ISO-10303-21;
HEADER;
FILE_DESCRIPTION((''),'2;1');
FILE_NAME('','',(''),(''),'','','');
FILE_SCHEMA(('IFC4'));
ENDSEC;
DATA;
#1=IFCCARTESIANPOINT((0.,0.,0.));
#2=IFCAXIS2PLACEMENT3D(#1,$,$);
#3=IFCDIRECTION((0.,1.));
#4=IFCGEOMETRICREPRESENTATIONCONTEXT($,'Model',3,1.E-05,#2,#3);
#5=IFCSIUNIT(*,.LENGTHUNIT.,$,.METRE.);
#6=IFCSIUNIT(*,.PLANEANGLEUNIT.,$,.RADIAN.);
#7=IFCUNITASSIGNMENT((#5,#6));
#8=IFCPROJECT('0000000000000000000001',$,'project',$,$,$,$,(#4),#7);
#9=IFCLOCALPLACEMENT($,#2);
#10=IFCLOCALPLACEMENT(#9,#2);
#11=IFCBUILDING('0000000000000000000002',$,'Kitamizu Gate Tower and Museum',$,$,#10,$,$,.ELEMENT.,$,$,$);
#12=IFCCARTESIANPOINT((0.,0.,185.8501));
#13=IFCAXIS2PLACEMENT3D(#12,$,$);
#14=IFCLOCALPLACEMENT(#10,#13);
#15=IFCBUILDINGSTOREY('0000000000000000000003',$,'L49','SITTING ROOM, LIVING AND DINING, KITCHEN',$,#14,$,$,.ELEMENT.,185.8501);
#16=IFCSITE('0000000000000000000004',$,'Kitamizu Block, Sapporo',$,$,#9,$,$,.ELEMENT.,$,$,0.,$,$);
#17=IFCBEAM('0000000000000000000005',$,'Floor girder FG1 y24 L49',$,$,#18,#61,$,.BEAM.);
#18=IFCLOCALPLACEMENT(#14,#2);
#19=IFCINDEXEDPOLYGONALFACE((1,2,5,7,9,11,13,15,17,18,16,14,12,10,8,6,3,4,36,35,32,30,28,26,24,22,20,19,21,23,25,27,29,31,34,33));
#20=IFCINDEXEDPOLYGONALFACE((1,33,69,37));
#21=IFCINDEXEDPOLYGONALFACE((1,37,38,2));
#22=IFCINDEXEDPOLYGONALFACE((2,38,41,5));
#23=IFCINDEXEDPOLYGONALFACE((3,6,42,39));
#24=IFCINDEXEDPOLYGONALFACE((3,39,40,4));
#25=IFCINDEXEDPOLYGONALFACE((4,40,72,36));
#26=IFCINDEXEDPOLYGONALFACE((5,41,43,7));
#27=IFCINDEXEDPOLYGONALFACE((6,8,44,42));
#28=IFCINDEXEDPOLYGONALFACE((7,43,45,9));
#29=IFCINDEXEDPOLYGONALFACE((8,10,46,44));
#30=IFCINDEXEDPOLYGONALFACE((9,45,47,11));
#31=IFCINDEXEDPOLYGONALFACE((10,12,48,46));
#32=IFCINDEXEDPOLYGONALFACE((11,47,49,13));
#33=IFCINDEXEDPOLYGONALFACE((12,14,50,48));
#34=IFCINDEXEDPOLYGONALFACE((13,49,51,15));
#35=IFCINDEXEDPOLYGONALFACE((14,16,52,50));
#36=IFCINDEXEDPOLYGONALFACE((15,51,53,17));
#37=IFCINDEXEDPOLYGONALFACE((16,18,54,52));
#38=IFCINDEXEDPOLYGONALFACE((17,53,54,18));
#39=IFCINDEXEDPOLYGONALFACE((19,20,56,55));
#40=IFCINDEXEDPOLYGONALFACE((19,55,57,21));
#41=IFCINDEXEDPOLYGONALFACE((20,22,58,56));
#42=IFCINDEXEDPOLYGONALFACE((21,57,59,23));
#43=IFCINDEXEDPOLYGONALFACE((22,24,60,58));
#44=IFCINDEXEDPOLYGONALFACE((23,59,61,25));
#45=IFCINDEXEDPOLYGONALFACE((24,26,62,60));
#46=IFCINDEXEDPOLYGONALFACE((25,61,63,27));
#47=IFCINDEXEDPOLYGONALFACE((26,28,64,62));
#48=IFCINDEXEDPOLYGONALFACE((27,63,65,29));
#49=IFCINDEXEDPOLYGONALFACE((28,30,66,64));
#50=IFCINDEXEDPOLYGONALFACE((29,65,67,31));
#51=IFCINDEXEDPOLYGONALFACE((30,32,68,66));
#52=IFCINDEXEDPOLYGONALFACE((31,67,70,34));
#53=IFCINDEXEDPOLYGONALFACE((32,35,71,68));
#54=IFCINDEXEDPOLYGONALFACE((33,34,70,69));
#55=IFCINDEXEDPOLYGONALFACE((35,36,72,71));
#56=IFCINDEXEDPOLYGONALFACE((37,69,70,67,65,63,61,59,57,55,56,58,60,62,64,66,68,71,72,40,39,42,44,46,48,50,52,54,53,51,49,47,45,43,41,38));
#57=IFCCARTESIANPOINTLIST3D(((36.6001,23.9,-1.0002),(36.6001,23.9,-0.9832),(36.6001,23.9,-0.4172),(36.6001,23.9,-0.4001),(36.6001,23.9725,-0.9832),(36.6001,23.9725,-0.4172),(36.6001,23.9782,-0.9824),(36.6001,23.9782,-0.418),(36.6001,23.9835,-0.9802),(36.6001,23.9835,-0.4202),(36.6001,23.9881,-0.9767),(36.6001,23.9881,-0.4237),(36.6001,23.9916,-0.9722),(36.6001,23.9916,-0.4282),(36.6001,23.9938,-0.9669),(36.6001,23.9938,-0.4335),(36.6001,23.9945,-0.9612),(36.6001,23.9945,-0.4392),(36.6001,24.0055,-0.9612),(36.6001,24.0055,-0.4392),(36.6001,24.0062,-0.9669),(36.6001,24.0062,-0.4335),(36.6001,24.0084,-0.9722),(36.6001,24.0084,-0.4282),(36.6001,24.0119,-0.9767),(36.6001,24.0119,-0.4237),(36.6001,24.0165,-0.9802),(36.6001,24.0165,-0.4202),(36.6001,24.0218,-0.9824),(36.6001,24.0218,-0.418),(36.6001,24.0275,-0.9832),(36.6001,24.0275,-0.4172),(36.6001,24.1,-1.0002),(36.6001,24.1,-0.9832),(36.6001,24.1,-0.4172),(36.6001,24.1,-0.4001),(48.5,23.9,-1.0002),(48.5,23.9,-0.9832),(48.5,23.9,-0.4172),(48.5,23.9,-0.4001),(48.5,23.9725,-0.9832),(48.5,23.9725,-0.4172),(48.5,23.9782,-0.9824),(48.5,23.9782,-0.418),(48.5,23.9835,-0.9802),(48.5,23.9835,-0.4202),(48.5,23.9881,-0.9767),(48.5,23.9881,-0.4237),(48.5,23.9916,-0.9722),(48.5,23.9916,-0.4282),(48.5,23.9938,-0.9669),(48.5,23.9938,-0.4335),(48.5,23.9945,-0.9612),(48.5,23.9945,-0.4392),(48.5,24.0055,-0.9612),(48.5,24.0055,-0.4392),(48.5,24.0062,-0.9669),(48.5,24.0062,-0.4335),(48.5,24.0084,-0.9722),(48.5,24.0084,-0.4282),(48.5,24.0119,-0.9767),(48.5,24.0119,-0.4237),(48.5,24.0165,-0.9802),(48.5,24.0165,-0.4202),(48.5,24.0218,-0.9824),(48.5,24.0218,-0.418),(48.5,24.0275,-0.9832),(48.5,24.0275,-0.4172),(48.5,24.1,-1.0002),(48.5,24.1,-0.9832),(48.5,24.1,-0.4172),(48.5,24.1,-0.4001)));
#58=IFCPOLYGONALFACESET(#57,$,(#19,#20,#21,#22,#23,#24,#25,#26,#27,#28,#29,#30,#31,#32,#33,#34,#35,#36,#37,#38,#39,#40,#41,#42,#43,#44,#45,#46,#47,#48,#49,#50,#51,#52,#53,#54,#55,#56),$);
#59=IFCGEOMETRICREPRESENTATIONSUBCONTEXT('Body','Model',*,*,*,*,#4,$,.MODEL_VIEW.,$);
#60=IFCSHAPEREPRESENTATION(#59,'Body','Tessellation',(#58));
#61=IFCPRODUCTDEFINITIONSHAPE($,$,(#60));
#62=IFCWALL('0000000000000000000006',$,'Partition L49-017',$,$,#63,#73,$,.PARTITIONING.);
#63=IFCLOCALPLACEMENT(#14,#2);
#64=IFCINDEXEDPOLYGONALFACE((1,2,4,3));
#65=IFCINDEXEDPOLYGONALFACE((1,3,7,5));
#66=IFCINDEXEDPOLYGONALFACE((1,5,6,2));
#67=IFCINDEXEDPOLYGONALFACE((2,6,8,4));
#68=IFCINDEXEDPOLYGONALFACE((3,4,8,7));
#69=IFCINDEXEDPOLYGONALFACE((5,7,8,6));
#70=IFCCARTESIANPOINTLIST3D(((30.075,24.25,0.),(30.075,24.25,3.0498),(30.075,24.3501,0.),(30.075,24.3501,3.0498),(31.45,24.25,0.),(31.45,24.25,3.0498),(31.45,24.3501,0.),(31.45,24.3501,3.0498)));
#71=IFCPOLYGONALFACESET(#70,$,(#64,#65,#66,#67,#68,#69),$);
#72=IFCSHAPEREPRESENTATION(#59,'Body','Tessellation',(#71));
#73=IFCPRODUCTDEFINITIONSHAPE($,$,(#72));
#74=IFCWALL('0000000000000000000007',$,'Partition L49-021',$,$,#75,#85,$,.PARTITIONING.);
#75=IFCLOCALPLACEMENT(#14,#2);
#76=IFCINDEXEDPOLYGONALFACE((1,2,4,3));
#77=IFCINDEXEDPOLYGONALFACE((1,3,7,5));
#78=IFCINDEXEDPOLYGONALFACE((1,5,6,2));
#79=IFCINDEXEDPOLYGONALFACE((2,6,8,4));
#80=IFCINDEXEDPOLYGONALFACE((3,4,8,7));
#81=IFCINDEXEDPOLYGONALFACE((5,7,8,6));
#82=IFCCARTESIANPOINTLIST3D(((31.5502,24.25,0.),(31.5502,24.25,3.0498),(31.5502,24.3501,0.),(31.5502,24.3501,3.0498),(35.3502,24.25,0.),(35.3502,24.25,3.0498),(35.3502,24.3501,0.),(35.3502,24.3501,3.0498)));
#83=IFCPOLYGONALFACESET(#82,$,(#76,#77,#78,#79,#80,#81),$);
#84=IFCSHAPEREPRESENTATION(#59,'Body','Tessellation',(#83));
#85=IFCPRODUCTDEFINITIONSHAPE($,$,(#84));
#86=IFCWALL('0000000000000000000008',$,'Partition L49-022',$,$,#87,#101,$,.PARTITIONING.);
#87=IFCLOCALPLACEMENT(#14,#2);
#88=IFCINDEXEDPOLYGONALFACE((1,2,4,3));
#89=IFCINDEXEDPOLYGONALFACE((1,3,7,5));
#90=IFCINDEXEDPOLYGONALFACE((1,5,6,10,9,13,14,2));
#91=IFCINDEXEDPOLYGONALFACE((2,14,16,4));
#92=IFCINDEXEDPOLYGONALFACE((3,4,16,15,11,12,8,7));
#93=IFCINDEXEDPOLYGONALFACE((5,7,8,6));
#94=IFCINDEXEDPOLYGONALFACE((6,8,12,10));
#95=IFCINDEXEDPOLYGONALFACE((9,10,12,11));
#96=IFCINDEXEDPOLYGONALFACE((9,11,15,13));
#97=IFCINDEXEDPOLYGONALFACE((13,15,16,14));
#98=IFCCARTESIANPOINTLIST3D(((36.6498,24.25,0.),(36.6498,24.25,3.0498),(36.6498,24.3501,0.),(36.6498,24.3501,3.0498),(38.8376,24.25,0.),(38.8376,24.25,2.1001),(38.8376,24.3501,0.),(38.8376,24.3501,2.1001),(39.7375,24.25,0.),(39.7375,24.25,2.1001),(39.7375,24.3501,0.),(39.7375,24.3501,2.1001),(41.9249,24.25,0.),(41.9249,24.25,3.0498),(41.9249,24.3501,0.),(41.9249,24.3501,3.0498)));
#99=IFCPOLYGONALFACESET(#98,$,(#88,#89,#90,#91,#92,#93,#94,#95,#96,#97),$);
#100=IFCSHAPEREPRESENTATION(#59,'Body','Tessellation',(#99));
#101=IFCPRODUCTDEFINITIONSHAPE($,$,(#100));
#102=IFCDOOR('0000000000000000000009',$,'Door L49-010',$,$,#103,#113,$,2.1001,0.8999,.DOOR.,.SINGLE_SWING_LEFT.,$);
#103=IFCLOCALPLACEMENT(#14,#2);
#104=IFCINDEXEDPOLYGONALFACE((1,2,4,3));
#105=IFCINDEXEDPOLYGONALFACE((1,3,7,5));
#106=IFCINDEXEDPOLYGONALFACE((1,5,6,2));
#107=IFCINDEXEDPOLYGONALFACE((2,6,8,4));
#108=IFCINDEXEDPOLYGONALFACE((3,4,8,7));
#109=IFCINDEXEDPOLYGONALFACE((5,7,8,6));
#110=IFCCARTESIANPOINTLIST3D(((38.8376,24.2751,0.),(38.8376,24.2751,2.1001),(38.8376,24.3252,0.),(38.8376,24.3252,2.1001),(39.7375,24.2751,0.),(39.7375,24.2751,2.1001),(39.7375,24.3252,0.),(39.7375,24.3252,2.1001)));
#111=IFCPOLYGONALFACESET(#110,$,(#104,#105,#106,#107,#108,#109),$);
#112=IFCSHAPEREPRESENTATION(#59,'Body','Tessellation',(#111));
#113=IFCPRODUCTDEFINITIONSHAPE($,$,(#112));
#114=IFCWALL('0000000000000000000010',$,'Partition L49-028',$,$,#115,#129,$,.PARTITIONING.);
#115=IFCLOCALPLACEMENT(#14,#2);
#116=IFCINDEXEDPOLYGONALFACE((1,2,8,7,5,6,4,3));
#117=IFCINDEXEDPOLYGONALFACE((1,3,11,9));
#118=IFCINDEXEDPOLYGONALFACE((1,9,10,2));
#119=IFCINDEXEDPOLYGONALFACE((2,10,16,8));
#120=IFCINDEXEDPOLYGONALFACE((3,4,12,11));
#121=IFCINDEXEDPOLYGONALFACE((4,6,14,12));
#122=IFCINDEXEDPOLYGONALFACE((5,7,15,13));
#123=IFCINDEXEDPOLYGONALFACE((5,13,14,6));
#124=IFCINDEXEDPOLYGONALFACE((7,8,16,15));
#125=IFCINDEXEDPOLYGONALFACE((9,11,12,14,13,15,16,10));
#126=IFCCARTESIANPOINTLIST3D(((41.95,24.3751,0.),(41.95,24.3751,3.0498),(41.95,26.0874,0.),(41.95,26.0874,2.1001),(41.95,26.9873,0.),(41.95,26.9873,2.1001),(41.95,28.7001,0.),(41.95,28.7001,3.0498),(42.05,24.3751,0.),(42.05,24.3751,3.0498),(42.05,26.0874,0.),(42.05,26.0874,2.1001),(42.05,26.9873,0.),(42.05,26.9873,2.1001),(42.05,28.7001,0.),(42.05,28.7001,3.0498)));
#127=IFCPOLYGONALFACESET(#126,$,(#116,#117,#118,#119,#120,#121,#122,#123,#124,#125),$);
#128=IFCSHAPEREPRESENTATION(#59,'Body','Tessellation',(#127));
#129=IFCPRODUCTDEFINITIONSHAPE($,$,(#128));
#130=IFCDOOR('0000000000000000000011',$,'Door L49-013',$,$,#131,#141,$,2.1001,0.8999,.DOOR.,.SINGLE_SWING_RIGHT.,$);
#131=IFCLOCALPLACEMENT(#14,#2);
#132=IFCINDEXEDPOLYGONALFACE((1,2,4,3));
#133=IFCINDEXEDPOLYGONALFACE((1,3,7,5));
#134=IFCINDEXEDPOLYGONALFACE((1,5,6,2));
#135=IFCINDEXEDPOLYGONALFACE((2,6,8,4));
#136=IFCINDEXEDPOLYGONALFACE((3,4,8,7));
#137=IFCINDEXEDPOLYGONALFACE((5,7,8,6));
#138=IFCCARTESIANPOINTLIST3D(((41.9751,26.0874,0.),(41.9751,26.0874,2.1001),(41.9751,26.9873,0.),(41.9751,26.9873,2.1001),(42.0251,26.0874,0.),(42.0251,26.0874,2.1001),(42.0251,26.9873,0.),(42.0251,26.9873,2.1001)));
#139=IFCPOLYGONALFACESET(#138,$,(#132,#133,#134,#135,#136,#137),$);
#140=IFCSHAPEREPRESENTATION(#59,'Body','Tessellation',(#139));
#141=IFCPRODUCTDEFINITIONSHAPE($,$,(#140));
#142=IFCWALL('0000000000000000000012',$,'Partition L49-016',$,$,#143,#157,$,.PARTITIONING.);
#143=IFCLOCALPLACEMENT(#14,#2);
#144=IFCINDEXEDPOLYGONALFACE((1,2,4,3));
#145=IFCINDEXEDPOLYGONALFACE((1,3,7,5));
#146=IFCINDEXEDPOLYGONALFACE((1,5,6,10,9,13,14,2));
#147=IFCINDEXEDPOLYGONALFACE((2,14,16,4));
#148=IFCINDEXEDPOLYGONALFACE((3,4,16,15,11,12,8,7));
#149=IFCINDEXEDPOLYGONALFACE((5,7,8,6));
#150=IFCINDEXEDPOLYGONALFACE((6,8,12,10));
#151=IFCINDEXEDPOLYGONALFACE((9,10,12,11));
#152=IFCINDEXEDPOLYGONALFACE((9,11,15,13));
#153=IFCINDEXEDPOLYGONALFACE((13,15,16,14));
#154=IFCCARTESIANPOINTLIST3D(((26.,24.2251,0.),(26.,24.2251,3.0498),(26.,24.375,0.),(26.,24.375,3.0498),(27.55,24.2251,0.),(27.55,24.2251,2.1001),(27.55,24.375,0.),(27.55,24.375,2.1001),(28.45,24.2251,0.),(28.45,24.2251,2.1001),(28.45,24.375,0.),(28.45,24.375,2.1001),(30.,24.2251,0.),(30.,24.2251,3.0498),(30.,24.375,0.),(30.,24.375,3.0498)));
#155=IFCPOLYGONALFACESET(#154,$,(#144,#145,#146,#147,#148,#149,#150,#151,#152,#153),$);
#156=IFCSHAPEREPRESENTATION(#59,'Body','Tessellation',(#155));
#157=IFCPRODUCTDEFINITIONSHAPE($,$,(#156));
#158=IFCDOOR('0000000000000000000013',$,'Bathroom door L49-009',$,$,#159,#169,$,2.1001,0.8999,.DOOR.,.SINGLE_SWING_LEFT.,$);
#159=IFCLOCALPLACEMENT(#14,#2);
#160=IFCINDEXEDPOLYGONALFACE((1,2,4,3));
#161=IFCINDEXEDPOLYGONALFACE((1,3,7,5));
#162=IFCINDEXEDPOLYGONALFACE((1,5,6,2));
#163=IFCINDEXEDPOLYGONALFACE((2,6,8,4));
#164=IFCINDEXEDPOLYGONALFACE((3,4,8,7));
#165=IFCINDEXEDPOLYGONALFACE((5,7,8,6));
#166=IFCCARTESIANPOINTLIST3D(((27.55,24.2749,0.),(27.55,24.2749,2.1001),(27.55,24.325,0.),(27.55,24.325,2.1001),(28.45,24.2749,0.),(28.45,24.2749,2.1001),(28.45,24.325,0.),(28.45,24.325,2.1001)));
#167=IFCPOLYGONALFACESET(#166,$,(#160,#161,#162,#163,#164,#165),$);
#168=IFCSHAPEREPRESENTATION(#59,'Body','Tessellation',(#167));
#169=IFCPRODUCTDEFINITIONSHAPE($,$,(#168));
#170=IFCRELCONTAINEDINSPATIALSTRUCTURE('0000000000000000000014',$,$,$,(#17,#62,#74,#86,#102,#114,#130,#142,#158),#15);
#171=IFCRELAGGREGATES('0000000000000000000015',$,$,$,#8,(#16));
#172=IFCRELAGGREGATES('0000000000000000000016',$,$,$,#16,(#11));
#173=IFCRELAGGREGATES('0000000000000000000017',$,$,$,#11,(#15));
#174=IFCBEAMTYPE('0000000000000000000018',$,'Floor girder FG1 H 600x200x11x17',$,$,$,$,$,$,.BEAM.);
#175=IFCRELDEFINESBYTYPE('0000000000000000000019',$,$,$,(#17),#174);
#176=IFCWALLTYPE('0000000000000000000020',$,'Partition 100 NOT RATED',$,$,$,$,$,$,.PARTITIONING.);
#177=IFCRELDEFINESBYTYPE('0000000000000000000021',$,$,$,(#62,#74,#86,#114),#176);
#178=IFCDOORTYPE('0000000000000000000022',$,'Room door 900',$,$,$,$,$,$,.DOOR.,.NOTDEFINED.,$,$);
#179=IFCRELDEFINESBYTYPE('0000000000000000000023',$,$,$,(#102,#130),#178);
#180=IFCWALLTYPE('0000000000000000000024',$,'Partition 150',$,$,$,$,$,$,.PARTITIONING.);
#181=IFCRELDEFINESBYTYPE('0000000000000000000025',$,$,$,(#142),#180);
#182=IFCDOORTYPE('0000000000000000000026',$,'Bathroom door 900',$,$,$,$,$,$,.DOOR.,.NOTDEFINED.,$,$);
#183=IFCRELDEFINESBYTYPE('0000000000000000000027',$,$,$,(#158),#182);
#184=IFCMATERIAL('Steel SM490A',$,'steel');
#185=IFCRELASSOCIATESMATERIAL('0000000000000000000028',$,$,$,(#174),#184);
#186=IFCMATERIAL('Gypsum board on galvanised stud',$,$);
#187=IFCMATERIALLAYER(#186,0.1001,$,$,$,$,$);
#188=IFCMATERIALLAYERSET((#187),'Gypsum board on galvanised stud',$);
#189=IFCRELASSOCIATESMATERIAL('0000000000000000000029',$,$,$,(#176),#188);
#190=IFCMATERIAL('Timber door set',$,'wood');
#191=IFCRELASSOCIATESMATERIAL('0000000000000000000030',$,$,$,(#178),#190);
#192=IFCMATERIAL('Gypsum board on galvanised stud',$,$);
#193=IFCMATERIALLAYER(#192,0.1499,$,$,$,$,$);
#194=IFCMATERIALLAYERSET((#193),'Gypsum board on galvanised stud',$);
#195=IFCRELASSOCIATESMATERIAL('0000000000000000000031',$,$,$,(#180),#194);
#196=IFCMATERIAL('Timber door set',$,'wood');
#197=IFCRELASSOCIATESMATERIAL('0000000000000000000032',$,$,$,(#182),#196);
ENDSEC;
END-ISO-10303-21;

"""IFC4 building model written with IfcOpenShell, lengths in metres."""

from ifc_helpers import new_model, si_unit, direction, frame, frame_2d, origin, origin_2d, place, context, subcontext, project, spatial, rectangle, i_section, extrude, material, layer, layer_set, material_profile, profile_set, type_object, element, fill, save


model = new_model("IFC4")

# Units and contexts
model_context = context("Model", 3, precision=1e-05, world=origin(), true_north=direction((0.0, 1.0)))
body_context = subcontext(model_context, "Body", "Model", "MODEL_VIEW")
ifc_project = project(units=[si_unit("LENGTHUNIT", "METRE"), si_unit("PLANEANGLEUNIT", "RADIAN")], contexts=[model_context])

# Site, building, storey
site_placement = place(None, origin())
site = spatial("IfcSite", under=ifc_project, at=site_placement, Name="Kitamizu Block, Sapporo", CompositionType="ELEMENT", RefElevation=0.0)
building_placement = place(site_placement, origin())
building = spatial("IfcBuilding", under=site, at=building_placement, Name="Kitamizu Gate Tower and Museum", CompositionType="ELEMENT")
storey_placement = place(building_placement, frame((0.0, 0.0, 185.8501)))
storey = spatial("IfcBuildingStorey", under=building, at=storey_placement, Name="L49", Description="SITTING ROOM, LIVING AND DINING, KITCHEN", CompositionType="ELEMENT", Elevation=185.8501)

# Beam
ifc_material_1 = material(Name="Steel SM490A", Category="steel")
ifc_material_profile_1 = material_profile(ifc_material_1, i_section(OverallWidth=0.2, OverallDepth=0.6001, WebThickness=0.011, FlangeThickness=0.0171, FilletRadius=0.022, at=origin_2d()), Name="H-600x200x11x17")
ifc_profile_set_1 = profile_set([ifc_material_profile_1], Name="Steel SM490A")
beam_type_1 = type_object("IfcBeamType", Name="Floor girder FG1 H 600x200x11x17", PredefinedType="BEAM", material=ifc_profile_set_1)
beam_1_placement = place(storey_placement, frame((36.6001, 24.0, -0.7002), z_axis=(1.0, 0.0, 0.0), x_axis=(0.0, 1.0, 0.0)))
element("IfcBeam", 1, at=beam_1_placement, inside=storey, type_object=beam_type_1, Name="Floor girder FG1 y24 L49", PredefinedType="BEAM", context=body_context, shape_type="SweptSolid", body=[
    extrude(i_section(OverallWidth=0.2, OverallDepth=0.6001, WebThickness=0.011, FlangeThickness=0.0171, FilletRadius=0.022, at=origin_2d()), origin(), (0.0, 0.0, 1.0), 11.8999),
])

# Walls
ifc_material_2 = material(Name="Gypsum board on galvanised stud")
ifc_layer_1 = layer(ifc_material_2, 0.1001)
ifc_layer_set_1 = layer_set([ifc_layer_1], Name="Gypsum board on galvanised stud")
wall_type_1 = type_object("IfcWallType", Name="Partition 100 NOT RATED", PredefinedType="PARTITIONING", material=ifc_layer_set_1)
wall_1_placement = place(storey_placement, frame((31.45, 24.3, 0.0), z_axis=(0.0, 0.0, 1.0), x_axis=(-1.0, 0.0, 0.0)))
element("IfcWall", 2, at=wall_1_placement, inside=storey, type_object=wall_type_1, Name="Partition L49-017", PredefinedType="PARTITIONING", context=body_context, shape_type="SweptSolid", body=[
    extrude(rectangle(XDim=1.375, YDim=0.1001, at=frame_2d((0.6875, 0.0))), origin(), (0.0, 0.0, 1.0), 3.0498),
])
wall_2_placement = place(storey_placement, frame((35.3501, 24.3, 0.0), z_axis=(0.0, 0.0, 1.0), x_axis=(-1.0, 0.0, 0.0)))
element("IfcWall", 3, at=wall_2_placement, inside=storey, type_object=wall_type_1, Name="Partition L49-021", PredefinedType="PARTITIONING", context=body_context, shape_type="SweptSolid", body=[
    extrude(rectangle(XDim=3.8, YDim=0.1001, at=frame_2d((1.8999, 0.0))), origin(), (0.0, 0.0, 1.0), 3.0498),
])

# Walls, openings, doors
wall_3_placement = place(storey_placement, frame((41.925, 24.3, 0.0), z_axis=(0.0, 0.0, 1.0), x_axis=(-1.0, 0.0, 0.0)))
wall_3 = element("IfcWall", 4, at=wall_3_placement, inside=storey, type_object=wall_type_1, Name="Partition L49-022", PredefinedType="PARTITIONING", context=body_context, shape_type="SweptSolid", body=[
    extrude(rectangle(XDim=5.2751, YDim=0.1001, at=frame_2d((2.6377, 0.0))), origin(), (0.0, 0.0, 1.0), 3.0498),
])
opening_1_placement = place(wall_3_placement, frame((2.1875, 0.0, 0.0)))
opening_1 = element("IfcOpeningElement", 5, at=opening_1_placement, cuts=wall_3, PredefinedType="OPENING", context=body_context, shape_type="SweptSolid", body=[
    extrude(rectangle(XDim=0.8999, YDim=2.1001, at=frame_2d((0.45, 1.05))), frame((0.0, 0.0601, 0.0), z_axis=(0.0, -1.0, 0.0), x_axis=(1.0, 0.0, 0.0)), (0.0, 0.0, 1.0), 0.1201),
])
ifc_material_3 = material(Name="Timber door set", Category="wood")
door_type_1 = type_object("IfcDoorType", Name="Room door 900", OperationType="NOTDEFINED", PredefinedType="DOOR", material=ifc_material_3)
door_1_placement = place(opening_1_placement, origin())
door_1 = element("IfcDoor", 6, at=door_1_placement, inside=storey, type_object=door_type_1, Name="Door L49-010", OperationType="SINGLE_SWING_LEFT", OverallHeight=2.1001, OverallWidth=0.8999, PredefinedType="DOOR", context=body_context, shape_type="SweptSolid", body=[
    extrude(rectangle(XDim=0.8999, YDim=2.1001, at=frame_2d((0.45, 1.05))), frame((0.0, 0.0249, 0.0), z_axis=(0.0, -1.0, 0.0), x_axis=(1.0, 0.0, 0.0)), (0.0, 0.0, 1.0), 0.05),
])
fill(opening_1, door_1)
wall_4_placement = place(storey_placement, frame((42.0, 24.375, 0.0), z_axis=(0.0, 0.0, 1.0), x_axis=(0.0, 1.0, 0.0)))
wall_4 = element("IfcWall", 7, at=wall_4_placement, inside=storey, type_object=wall_type_1, Name="Partition L49-028", PredefinedType="PARTITIONING", context=body_context, shape_type="SweptSolid", body=[
    extrude(rectangle(XDim=4.325, YDim=0.1001, at=frame_2d((2.1626, 0.0))), origin(), (0.0, 0.0, 1.0), 3.0498),
])
opening_2_placement = place(wall_4_placement, frame((1.7124, 0.0, 0.0)))
opening_2 = element("IfcOpeningElement", 8, at=opening_2_placement, cuts=wall_4, PredefinedType="OPENING", context=body_context, shape_type="SweptSolid", body=[
    extrude(rectangle(XDim=0.8999, YDim=2.1001, at=frame_2d((0.45, 1.05))), frame((0.0, 0.0601, 0.0), z_axis=(0.0, -1.0, 0.0), x_axis=(1.0, 0.0, 0.0)), (0.0, 0.0, 1.0), 0.1201),
])
door_2_placement = place(opening_2_placement, origin())
door_2 = element("IfcDoor", 9, at=door_2_placement, inside=storey, type_object=door_type_1, Name="Door L49-013", OperationType="SINGLE_SWING_RIGHT", OverallHeight=2.1001, OverallWidth=0.8999, PredefinedType="DOOR", context=body_context, shape_type="SweptSolid", body=[
    extrude(rectangle(XDim=0.8999, YDim=2.1001, at=frame_2d((0.45, 1.05))), frame((0.0, 0.0249, 0.0), z_axis=(0.0, -1.0, 0.0), x_axis=(1.0, 0.0, 0.0)), (0.0, 0.0, 1.0), 0.05),
])
fill(opening_2, door_2)
ifc_material_4 = material(Name="Gypsum board on galvanised stud")
ifc_layer_2 = layer(ifc_material_4, 0.1499)
ifc_layer_set_2 = layer_set([ifc_layer_2], Name="Gypsum board on galvanised stud")
wall_type_2 = type_object("IfcWallType", Name="Partition 150", PredefinedType="PARTITIONING", material=ifc_layer_set_2)
wall_5_placement = place(storey_placement, frame((30.0, 24.3, 0.0), z_axis=(0.0, 0.0, 1.0), x_axis=(-1.0, 0.0, 0.0)))
wall_5 = element("IfcWall", 10, at=wall_5_placement, inside=storey, type_object=wall_type_2, Name="Partition L49-016", PredefinedType="PARTITIONING", context=body_context, shape_type="SweptSolid", body=[
    extrude(rectangle(XDim=4.0, YDim=0.1499, at=frame_2d((2.0, 0.0))), origin(), (0.0, 0.0, 1.0), 3.0498),
])
opening_3_placement = place(wall_5_placement, frame((1.55, 0.0, 0.0)))
opening_3 = element("IfcOpeningElement", 11, at=opening_3_placement, cuts=wall_5, PredefinedType="OPENING", context=body_context, shape_type="SweptSolid", body=[
    extrude(rectangle(XDim=0.8999, YDim=2.1001, at=frame_2d((0.45, 1.05))), frame((0.0, 0.085, 0.0), z_axis=(0.0, -1.0, 0.0), x_axis=(1.0, 0.0, 0.0)), (0.0, 0.0, 1.0), 0.1699),
])
ifc_material_5 = material(Name="Timber door set", Category="wood")
door_type_2 = type_object("IfcDoorType", Name="Bathroom door 900", OperationType="NOTDEFINED", PredefinedType="DOOR", material=ifc_material_5)
door_3_placement = place(opening_3_placement, frame((0.8999, 0.0, 0.0), x_axis=(-1.0, 0.0, 0.0)))
door_3 = element("IfcDoor", 12, at=door_3_placement, inside=storey, type_object=door_type_2, Name="Bathroom door L49-009", OperationType="SINGLE_SWING_LEFT", OverallHeight=2.1001, OverallWidth=0.8999, PredefinedType="DOOR", context=body_context, shape_type="SweptSolid", body=[
    extrude(rectangle(XDim=0.8999, YDim=2.1001, at=frame_2d((0.45, 1.05))), frame((0.0, 0.0249, 0.0), z_axis=(0.0, -1.0, 0.0), x_axis=(1.0, 0.0, 0.0)), (0.0, 0.0, 1.0), 0.05),
])
fill(opening_3, door_3)

save(model, "model.ifc")
